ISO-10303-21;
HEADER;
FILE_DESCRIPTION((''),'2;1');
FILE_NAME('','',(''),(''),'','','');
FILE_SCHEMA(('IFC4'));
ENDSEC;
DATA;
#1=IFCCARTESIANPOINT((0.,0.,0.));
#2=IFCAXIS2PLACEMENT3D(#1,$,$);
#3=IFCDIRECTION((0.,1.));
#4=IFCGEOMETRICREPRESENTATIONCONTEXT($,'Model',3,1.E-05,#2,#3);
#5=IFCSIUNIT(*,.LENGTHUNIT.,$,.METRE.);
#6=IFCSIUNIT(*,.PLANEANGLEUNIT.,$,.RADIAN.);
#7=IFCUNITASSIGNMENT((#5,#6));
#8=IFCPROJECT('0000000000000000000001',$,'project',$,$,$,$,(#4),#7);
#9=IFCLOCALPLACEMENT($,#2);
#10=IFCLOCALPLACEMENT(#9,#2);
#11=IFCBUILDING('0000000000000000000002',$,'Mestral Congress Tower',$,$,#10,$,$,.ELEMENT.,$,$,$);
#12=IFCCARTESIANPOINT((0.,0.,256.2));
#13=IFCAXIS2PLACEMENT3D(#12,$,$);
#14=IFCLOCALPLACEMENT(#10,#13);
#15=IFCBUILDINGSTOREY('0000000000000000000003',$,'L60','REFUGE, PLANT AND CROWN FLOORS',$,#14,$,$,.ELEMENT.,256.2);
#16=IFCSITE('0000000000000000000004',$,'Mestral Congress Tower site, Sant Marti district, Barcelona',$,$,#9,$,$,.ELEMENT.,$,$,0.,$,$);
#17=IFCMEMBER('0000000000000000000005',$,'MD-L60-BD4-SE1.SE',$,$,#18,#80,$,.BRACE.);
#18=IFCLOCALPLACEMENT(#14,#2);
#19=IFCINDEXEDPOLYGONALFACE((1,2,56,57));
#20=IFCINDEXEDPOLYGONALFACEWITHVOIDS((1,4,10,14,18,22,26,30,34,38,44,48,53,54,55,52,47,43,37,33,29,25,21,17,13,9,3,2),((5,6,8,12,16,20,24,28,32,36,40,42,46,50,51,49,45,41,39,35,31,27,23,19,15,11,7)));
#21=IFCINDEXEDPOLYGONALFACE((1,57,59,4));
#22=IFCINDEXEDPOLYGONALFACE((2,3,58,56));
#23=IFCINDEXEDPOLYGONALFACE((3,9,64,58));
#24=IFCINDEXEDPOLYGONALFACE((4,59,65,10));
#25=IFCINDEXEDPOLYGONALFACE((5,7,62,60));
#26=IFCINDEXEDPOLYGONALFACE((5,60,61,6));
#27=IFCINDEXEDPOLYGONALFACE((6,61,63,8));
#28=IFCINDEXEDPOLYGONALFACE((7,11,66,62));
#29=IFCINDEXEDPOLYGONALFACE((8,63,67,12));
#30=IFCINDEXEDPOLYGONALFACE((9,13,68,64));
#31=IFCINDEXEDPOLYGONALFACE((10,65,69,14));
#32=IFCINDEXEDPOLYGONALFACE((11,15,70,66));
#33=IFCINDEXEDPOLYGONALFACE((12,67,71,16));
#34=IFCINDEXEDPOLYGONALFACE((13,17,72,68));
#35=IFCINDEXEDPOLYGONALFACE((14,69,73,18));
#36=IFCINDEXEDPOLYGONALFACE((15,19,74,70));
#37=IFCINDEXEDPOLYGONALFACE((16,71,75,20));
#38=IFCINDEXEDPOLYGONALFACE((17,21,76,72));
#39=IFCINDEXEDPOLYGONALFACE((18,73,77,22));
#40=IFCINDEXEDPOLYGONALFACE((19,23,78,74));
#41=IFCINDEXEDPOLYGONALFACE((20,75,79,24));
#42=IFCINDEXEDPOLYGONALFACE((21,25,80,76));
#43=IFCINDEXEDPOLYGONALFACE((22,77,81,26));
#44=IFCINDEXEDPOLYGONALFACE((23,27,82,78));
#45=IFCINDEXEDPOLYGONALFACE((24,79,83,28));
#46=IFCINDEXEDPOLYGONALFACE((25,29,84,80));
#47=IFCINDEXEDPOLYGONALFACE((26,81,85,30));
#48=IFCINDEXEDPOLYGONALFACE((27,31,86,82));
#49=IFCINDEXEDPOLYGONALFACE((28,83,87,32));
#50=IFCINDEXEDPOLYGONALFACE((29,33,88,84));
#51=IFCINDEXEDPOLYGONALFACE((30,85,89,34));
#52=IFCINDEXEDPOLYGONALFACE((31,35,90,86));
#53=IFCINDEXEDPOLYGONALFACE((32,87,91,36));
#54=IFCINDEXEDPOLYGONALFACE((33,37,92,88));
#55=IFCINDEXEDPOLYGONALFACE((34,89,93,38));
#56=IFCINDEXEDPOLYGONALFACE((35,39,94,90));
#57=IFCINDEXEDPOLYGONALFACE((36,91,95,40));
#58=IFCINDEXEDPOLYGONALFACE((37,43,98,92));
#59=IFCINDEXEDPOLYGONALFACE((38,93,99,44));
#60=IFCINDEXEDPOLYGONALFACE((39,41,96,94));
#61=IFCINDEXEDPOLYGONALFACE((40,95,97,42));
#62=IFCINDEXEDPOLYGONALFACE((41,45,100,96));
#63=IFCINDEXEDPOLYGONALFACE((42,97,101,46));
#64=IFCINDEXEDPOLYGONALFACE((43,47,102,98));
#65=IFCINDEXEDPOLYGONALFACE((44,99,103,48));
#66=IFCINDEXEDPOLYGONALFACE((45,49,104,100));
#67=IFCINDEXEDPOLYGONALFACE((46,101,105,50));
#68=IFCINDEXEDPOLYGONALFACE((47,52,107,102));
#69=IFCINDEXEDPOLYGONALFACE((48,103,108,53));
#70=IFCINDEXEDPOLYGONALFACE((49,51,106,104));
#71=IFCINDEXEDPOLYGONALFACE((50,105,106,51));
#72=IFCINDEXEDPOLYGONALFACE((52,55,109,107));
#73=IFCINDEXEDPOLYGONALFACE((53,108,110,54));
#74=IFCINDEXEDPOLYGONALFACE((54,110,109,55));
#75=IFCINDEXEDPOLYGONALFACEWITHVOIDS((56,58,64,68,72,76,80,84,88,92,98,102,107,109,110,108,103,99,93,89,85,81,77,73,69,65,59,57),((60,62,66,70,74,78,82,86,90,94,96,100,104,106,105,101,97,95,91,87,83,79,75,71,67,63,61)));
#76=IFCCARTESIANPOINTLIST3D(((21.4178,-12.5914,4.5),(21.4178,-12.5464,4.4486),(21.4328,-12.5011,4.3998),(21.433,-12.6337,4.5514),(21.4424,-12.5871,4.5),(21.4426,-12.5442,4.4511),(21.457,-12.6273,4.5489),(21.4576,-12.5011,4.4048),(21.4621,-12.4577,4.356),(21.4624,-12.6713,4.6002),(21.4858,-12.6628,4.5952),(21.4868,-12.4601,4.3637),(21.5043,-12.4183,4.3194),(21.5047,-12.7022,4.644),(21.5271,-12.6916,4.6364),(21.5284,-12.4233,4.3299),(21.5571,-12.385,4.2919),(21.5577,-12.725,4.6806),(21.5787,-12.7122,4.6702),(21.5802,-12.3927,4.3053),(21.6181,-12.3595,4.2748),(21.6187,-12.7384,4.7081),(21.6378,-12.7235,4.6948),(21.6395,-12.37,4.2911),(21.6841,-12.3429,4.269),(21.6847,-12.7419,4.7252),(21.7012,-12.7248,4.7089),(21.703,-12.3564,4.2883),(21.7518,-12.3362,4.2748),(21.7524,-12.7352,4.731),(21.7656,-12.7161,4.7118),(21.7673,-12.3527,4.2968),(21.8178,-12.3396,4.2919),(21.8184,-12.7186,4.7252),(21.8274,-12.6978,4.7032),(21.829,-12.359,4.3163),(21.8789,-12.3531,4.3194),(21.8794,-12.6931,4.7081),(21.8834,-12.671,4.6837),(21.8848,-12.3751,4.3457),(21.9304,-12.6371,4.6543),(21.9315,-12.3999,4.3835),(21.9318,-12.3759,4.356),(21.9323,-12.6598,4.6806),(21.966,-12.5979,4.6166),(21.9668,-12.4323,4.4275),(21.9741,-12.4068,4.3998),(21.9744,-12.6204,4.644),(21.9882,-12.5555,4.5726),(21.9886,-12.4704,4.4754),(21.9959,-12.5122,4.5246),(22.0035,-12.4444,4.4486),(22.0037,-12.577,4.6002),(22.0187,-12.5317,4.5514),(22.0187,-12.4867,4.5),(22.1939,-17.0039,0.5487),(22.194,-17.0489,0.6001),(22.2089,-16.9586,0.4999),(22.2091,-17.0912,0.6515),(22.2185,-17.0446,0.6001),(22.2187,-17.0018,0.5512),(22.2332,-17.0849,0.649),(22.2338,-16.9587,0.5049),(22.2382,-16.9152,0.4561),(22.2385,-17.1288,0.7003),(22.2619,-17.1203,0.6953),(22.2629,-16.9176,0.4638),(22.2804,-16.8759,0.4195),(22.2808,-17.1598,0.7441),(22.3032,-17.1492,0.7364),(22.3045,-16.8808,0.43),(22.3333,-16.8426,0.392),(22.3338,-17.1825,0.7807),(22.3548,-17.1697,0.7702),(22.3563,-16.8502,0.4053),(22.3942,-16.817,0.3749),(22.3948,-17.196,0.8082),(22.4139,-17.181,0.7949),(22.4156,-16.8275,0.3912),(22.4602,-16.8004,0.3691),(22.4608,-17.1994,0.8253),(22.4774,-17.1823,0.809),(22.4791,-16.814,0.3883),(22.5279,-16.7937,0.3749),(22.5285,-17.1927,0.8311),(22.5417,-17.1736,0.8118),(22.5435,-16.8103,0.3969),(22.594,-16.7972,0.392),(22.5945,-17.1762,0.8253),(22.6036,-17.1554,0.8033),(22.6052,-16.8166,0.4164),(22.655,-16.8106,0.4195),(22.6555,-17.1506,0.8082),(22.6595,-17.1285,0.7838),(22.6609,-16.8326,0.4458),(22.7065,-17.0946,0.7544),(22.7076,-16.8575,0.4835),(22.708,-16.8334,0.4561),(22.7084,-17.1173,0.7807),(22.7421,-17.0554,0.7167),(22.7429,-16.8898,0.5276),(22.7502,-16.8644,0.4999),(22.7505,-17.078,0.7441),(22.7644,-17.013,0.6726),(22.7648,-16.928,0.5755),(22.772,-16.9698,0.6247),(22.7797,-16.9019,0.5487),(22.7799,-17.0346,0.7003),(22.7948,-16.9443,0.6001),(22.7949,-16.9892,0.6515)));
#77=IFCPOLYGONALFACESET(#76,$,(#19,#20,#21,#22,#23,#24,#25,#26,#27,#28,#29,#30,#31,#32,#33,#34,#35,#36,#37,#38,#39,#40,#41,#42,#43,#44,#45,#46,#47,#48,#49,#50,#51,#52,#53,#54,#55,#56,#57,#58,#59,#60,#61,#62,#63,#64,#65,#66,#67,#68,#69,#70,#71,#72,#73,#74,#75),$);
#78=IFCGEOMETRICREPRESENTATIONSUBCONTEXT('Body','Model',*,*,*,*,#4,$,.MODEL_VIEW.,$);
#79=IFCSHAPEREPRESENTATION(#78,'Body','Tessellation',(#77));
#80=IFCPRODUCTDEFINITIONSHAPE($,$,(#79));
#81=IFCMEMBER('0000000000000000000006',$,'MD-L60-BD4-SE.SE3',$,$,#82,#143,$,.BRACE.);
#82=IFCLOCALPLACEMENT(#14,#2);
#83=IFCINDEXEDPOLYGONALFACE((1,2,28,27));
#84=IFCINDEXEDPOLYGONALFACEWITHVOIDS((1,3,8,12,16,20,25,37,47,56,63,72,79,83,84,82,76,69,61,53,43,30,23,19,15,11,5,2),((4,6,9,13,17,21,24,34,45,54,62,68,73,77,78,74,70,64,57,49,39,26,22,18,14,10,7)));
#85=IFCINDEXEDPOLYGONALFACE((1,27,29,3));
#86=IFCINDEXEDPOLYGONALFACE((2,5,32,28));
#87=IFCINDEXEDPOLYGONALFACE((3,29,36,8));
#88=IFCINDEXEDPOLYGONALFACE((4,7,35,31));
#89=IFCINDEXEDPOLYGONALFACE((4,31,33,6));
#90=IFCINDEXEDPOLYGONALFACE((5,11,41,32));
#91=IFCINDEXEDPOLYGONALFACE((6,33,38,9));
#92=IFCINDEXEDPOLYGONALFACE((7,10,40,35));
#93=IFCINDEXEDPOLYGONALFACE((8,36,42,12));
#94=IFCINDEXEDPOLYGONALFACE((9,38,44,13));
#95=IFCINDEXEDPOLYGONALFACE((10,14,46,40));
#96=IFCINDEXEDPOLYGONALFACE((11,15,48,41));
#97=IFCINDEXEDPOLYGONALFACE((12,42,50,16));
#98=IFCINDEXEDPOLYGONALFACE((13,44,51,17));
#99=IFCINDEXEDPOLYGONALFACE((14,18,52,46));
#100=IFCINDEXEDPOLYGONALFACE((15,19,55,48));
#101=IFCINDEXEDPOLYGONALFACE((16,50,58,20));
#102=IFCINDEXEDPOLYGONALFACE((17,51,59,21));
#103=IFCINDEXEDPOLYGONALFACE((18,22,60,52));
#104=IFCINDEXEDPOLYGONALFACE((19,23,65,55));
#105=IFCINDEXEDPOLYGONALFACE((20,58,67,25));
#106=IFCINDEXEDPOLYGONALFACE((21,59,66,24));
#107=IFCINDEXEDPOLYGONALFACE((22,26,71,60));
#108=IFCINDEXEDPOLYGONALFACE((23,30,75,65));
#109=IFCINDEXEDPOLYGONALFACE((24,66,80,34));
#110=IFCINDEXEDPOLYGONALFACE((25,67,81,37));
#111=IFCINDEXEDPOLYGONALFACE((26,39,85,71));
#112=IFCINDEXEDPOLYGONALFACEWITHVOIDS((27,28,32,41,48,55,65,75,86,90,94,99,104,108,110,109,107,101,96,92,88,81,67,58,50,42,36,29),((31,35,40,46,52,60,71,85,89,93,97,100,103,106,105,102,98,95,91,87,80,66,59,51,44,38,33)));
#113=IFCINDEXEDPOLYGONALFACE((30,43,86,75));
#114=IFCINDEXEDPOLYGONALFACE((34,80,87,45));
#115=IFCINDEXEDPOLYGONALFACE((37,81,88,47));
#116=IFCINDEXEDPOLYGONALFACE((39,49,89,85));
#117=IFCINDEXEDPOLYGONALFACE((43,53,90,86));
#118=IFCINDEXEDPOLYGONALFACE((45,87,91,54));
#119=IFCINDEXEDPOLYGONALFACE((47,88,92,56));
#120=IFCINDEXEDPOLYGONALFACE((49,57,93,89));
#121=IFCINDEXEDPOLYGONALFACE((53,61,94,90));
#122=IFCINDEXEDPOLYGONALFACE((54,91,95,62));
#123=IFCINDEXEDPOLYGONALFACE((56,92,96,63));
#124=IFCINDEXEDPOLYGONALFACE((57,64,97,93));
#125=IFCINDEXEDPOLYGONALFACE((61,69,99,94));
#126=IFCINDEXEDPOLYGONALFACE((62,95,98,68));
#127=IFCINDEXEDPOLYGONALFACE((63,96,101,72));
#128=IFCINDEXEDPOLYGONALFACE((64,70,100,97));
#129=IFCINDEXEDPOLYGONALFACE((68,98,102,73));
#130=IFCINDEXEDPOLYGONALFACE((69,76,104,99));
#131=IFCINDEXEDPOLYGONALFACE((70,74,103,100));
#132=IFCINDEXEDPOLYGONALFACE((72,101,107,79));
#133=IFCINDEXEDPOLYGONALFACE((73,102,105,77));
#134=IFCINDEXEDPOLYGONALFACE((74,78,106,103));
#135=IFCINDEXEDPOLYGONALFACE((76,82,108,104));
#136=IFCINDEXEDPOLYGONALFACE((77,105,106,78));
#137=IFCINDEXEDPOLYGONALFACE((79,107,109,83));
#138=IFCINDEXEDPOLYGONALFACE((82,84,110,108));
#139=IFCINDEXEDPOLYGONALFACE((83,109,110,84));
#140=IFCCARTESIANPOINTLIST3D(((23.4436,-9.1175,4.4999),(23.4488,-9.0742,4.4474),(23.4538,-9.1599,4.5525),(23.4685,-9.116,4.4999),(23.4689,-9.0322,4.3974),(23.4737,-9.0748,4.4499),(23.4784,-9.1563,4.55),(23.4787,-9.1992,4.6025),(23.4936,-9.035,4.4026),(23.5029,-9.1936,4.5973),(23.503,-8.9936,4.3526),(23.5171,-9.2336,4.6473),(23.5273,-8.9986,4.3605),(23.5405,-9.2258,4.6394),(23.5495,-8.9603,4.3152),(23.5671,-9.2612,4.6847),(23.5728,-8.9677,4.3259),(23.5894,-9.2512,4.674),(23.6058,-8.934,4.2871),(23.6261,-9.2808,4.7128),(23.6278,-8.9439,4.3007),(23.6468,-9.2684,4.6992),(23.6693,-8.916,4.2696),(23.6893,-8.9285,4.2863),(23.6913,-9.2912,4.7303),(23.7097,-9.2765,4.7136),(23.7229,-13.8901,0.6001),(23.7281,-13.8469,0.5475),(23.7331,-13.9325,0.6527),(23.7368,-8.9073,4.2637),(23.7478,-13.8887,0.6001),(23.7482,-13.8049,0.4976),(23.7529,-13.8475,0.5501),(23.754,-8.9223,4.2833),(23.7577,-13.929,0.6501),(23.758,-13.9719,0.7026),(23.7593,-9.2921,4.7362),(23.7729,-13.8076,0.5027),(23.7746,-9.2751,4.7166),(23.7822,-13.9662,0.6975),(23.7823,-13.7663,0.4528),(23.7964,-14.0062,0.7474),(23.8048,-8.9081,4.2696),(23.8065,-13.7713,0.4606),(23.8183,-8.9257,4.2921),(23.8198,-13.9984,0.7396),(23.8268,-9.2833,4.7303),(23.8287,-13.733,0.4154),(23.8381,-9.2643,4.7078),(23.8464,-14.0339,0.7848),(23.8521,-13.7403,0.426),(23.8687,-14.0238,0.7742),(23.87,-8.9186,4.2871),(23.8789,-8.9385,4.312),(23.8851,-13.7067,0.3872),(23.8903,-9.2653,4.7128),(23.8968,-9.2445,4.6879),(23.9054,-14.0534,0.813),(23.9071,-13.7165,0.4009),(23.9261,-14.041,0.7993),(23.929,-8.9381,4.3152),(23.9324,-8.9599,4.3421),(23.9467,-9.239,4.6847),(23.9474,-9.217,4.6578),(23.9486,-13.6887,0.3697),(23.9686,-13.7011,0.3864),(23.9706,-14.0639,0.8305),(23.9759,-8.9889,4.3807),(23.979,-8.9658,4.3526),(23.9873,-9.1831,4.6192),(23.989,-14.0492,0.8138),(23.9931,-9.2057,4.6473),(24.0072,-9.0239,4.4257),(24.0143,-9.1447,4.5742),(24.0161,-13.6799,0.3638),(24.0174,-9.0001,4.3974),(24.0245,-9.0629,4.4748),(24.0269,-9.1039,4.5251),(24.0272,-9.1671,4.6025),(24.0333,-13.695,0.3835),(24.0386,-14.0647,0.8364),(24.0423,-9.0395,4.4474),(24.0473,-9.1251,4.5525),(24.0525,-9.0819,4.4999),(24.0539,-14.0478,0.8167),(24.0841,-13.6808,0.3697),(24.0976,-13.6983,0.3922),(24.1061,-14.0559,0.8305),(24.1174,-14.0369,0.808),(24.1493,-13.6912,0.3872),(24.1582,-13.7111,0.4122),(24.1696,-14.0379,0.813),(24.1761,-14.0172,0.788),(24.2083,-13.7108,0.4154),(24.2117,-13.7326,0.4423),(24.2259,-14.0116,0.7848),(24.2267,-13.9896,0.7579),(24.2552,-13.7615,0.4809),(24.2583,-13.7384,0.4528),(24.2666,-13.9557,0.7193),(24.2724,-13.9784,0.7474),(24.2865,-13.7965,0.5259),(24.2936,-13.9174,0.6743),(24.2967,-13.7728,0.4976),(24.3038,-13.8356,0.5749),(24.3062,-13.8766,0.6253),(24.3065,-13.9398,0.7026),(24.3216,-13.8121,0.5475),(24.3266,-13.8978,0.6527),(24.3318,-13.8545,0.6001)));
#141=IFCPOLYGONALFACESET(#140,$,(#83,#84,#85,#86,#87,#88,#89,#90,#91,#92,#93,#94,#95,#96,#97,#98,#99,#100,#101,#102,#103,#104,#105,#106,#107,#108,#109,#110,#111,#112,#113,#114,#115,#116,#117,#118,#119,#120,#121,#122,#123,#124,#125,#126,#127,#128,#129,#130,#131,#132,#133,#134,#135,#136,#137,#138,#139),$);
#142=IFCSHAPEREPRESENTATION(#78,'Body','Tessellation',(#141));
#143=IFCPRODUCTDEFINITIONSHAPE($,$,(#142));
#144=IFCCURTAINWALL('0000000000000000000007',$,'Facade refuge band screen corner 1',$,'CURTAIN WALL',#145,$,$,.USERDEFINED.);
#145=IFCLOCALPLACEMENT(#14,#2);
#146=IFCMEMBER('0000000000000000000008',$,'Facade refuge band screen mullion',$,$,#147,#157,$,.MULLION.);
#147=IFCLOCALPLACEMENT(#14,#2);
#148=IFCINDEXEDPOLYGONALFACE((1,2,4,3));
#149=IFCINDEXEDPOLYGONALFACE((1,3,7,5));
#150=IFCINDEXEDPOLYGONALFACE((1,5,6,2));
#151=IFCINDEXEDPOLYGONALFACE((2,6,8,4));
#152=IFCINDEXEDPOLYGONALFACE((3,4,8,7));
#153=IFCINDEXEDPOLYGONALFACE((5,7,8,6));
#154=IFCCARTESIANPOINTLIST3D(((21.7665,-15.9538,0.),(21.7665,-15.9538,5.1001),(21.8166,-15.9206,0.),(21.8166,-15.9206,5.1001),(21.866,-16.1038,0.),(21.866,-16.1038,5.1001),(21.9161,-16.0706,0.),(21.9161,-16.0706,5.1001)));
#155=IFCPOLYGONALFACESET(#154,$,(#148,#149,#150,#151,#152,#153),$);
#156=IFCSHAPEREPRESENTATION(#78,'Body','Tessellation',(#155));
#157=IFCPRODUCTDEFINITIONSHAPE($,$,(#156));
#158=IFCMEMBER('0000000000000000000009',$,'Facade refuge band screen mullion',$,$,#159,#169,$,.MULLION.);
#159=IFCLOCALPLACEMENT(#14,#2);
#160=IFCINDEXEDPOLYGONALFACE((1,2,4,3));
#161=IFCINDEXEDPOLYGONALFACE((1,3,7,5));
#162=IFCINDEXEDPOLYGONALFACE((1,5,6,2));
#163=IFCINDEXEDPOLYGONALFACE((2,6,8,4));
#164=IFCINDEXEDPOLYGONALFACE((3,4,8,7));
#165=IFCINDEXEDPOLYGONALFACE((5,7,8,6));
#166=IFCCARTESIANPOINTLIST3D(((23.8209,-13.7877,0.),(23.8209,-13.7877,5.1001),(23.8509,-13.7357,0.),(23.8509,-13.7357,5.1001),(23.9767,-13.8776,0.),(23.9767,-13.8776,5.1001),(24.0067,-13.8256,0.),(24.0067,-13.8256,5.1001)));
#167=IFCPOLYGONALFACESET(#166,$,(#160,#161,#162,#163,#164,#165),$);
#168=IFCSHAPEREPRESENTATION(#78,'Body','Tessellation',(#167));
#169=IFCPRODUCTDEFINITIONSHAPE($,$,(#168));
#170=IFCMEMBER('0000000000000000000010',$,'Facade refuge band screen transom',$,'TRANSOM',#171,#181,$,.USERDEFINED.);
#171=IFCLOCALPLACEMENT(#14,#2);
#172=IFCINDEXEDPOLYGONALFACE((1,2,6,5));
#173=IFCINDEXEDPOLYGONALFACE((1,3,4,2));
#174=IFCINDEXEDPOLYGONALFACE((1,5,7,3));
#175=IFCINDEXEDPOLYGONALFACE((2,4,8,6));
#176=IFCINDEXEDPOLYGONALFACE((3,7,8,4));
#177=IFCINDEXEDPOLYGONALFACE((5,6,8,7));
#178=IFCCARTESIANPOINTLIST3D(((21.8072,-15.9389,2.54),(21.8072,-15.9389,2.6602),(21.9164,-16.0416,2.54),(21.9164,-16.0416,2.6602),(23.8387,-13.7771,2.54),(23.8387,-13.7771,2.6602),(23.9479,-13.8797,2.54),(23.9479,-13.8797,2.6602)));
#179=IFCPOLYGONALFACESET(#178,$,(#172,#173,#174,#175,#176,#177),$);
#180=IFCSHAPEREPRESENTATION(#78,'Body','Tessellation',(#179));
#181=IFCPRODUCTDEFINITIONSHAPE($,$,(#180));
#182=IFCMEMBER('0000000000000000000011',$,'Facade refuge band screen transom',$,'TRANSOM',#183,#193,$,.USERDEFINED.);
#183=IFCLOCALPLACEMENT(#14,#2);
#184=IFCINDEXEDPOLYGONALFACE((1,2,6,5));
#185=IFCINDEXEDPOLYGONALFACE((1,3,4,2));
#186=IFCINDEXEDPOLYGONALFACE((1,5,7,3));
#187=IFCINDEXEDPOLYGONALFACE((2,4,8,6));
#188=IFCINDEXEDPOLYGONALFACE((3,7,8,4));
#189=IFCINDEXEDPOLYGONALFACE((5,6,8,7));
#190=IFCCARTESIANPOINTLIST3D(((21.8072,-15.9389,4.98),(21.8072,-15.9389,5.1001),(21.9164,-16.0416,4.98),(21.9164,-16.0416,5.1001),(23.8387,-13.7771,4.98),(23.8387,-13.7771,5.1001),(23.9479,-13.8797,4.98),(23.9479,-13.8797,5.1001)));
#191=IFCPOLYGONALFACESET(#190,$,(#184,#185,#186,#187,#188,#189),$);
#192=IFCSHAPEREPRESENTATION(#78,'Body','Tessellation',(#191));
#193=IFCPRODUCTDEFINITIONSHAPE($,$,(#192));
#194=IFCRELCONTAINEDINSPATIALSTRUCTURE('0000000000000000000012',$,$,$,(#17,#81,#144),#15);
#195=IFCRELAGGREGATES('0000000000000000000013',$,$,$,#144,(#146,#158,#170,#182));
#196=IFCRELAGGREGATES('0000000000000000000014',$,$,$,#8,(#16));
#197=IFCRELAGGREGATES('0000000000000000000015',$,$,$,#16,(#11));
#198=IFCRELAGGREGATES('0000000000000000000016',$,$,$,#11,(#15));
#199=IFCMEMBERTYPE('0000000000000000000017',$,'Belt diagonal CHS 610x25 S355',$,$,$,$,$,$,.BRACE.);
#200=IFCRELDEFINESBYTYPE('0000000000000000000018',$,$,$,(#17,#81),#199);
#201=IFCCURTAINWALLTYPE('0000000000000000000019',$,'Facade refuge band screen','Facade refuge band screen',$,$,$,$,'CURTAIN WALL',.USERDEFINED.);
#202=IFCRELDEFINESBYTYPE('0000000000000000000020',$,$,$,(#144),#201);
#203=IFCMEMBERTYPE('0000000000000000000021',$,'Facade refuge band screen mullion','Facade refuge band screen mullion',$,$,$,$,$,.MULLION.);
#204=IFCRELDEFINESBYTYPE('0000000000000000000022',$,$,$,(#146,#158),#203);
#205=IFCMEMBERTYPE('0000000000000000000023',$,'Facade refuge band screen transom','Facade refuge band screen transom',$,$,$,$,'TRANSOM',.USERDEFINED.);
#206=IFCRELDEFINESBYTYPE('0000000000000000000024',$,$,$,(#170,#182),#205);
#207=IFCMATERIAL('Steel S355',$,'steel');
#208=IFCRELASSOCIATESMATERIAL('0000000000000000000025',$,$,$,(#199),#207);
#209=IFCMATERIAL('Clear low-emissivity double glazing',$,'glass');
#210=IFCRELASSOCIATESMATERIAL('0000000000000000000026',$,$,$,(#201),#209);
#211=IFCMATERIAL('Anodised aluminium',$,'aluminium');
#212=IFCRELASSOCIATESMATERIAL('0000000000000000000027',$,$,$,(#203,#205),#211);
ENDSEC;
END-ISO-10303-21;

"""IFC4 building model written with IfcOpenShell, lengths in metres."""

from ifc_helpers import new_model, si_unit, direction, frame, origin, origin_2d, place, context, subcontext, project, spatial, rectangle, hollow_circle, extrude, material, material_profile, profile_set, type_object, element, aggregate, save


model = new_model("IFC4")

# Units and contexts
model_context = context("Model", 3, precision=1e-05, world=origin(), true_north=direction((0.0, 1.0)))
body_context = subcontext(model_context, "Body", "Model", "MODEL_VIEW")
ifc_project = project(units=[si_unit("LENGTHUNIT", "METRE"), si_unit("PLANEANGLEUNIT", "RADIAN")], contexts=[model_context])

# Site, building, storey
site_placement = place(None, origin())
site = spatial("IfcSite", under=ifc_project, at=site_placement, Name="Mestral Congress Tower site, Sant Marti district, Barcelona", CompositionType="ELEMENT", RefElevation=0.0)
building_placement = place(site_placement, origin())
building = spatial("IfcBuilding", under=site, at=building_placement, Name="Mestral Congress Tower", CompositionType="ELEMENT")
storey_placement = place(building_placement, frame((0.0, 0.0, 256.2)))
storey = spatial("IfcBuildingStorey", under=building, at=storey_placement, Name="L60", Description="REFUGE, PLANT AND CROWN FLOORS", CompositionType="ELEMENT", Elevation=256.2)

# Members
ifc_material_1 = material(Name="Steel S355", Category="steel")
ifc_material_profile_1 = material_profile(ifc_material_1, hollow_circle(Radius=0.3049, WallThickness=0.0249, at=origin_2d()), Name="CHS 610x25")
ifc_profile_set_1 = profile_set([ifc_material_profile_1], Name="Steel S355")
member_type_1 = type_object("IfcMemberType", Name="Belt diagonal CHS 610x25 S355", PredefinedType="BRACE", material=ifc_profile_set_1)
member_1_placement = place(storey_placement, frame((22.4944, -16.9966, 0.6001), z_axis=(-0.129931, 0.746233, 0.652882), x_axis=(-0.985178, -0.171535, 0.0)))
element("IfcMember", 1, at=member_1_placement, inside=storey, type_object=member_type_1, Name="MD-L60-BD4-SE1.SE", PredefinedType="BRACE", context=body_context, shape_type="SweptSolid", body=[
    extrude(hollow_circle(Radius=0.3049, WallThickness=0.0249, at=origin_2d()), origin(), (0.0, 0.0, 1.0), 5.9734),
])
member_2_placement = place(storey_placement, frame((24.0273, -13.8723, 0.6001), z_axis=(-0.045269, 0.773564, 0.632099), x_axis=(-0.998292, -0.05842, 0.0)))
element("IfcMember", 2, at=member_2_placement, inside=storey, type_object=member_type_1, Name="MD-L60-BD4-SE.SE3", PredefinedType="BRACE", context=body_context, shape_type="SweptSolid", body=[
    extrude(hollow_circle(Radius=0.3049, WallThickness=0.0249, at=origin_2d()), origin(), (0.0, 0.0, 1.0), 6.1697),
])

# Curtain wall, members
ifc_material_2 = material(Name="Clear low-emissivity double glazing", Category="glass")
curtain_wall_type = type_object("IfcCurtainWallType", Name="Facade refuge band screen", Description="Facade refuge band screen", ElementType="CURTAIN WALL", PredefinedType="USERDEFINED", material=ifc_material_2)
curtain_wall_placement = place(storey_placement, origin())
curtain_wall = element("IfcCurtainWall", 3, at=curtain_wall_placement, inside=storey, type_object=curtain_wall_type, Name="Facade refuge band screen corner 1", ObjectType="CURTAIN WALL", PredefinedType="USERDEFINED")
ifc_material_3 = material(Name="Anodised aluminium", Category="aluminium")
ifc_material_profile_2 = material_profile(ifc_material_3, rectangle(XDim=0.1799, YDim=0.0601, at=origin_2d()), Name="CW3 mullion 180 x 60")
ifc_profile_set_2 = profile_set([ifc_material_profile_2], Name="Anodised aluminium")
member_type_2 = type_object("IfcMemberType", Name="Facade refuge band screen mullion", Description="Facade refuge band screen mullion", PredefinedType="MULLION", material=ifc_profile_set_2)
member_3_placement = place(storey_placement, frame((21.8413, -16.0122, 0.0), z_axis=(0.0, 0.0, 1.0), x_axis=(0.552913, -0.833239, 0.0)))
member_3 = element("IfcMember", 4, at=member_3_placement, type_object=member_type_2, Name="Facade refuge band screen mullion", PredefinedType="MULLION", context=body_context, shape_type="SweptSolid", body=[
    extrude(rectangle(XDim=0.1799, YDim=0.0601, at=origin_2d()), origin(), (0.0, 0.0, 1.0), 5.1001),
])
member_4_placement = place(storey_placement, frame((23.9138, -13.8066, 0.0), z_axis=(0.0, 0.0, 1.0), x_axis=(0.866025, -0.5, 0.0)))
member_4 = element("IfcMember", 5, at=member_4_placement, type_object=member_type_2, Name="Facade refuge band screen mullion", PredefinedType="MULLION", context=body_context, shape_type="SweptSolid", body=[
    extrude(rectangle(XDim=0.1799, YDim=0.0601, at=origin_2d()), origin(), (0.0, 0.0, 1.0), 5.1001),
])
ifc_material_profile_3 = material_profile(ifc_material_3, rectangle(XDim=0.1499, YDim=0.1201, at=origin_2d()), Name="CW3 transom 150 x 120")
ifc_profile_set_3 = profile_set([ifc_material_profile_3], Name="Anodised aluminium")
member_type_3 = type_object("IfcMemberType", Name="Facade refuge band screen transom", Description="Facade refuge band screen transom", ElementType="TRANSOM", PredefinedType="USERDEFINED", material=ifc_profile_set_3)
member_5_placement = place(storey_placement, frame((21.8618, -15.9902, 2.6001), z_axis=(0.684792, 0.728739, 0.0), x_axis=(-0.728739, 0.684792, 0.0)))
member_5 = element("IfcMember", 6, at=member_5_placement, type_object=member_type_3, Name="Facade refuge band screen transom", ObjectType="TRANSOM", PredefinedType="USERDEFINED", context=body_context, shape_type="SweptSolid", body=[
    extrude(rectangle(XDim=0.1499, YDim=0.1201, at=origin_2d()), origin(), (0.0, 0.0, 1.0), 2.9666),
])
member_6_placement = place(storey_placement, frame((21.8618, -15.9902, 5.04), z_axis=(0.684792, 0.728739, 0.0), x_axis=(-0.728739, 0.684792, 0.0)))
member_6 = element("IfcMember", 7, at=member_6_placement, type_object=member_type_3, Name="Facade refuge band screen transom", ObjectType="TRANSOM", PredefinedType="USERDEFINED", context=body_context, shape_type="SweptSolid", body=[
    extrude(rectangle(XDim=0.1499, YDim=0.1201, at=origin_2d()), origin(), (0.0, 0.0, 1.0), 2.9666),
])

aggregate(curtain_wall, [member_3, member_4, member_5, member_6])

save(model, "model.ifc")
